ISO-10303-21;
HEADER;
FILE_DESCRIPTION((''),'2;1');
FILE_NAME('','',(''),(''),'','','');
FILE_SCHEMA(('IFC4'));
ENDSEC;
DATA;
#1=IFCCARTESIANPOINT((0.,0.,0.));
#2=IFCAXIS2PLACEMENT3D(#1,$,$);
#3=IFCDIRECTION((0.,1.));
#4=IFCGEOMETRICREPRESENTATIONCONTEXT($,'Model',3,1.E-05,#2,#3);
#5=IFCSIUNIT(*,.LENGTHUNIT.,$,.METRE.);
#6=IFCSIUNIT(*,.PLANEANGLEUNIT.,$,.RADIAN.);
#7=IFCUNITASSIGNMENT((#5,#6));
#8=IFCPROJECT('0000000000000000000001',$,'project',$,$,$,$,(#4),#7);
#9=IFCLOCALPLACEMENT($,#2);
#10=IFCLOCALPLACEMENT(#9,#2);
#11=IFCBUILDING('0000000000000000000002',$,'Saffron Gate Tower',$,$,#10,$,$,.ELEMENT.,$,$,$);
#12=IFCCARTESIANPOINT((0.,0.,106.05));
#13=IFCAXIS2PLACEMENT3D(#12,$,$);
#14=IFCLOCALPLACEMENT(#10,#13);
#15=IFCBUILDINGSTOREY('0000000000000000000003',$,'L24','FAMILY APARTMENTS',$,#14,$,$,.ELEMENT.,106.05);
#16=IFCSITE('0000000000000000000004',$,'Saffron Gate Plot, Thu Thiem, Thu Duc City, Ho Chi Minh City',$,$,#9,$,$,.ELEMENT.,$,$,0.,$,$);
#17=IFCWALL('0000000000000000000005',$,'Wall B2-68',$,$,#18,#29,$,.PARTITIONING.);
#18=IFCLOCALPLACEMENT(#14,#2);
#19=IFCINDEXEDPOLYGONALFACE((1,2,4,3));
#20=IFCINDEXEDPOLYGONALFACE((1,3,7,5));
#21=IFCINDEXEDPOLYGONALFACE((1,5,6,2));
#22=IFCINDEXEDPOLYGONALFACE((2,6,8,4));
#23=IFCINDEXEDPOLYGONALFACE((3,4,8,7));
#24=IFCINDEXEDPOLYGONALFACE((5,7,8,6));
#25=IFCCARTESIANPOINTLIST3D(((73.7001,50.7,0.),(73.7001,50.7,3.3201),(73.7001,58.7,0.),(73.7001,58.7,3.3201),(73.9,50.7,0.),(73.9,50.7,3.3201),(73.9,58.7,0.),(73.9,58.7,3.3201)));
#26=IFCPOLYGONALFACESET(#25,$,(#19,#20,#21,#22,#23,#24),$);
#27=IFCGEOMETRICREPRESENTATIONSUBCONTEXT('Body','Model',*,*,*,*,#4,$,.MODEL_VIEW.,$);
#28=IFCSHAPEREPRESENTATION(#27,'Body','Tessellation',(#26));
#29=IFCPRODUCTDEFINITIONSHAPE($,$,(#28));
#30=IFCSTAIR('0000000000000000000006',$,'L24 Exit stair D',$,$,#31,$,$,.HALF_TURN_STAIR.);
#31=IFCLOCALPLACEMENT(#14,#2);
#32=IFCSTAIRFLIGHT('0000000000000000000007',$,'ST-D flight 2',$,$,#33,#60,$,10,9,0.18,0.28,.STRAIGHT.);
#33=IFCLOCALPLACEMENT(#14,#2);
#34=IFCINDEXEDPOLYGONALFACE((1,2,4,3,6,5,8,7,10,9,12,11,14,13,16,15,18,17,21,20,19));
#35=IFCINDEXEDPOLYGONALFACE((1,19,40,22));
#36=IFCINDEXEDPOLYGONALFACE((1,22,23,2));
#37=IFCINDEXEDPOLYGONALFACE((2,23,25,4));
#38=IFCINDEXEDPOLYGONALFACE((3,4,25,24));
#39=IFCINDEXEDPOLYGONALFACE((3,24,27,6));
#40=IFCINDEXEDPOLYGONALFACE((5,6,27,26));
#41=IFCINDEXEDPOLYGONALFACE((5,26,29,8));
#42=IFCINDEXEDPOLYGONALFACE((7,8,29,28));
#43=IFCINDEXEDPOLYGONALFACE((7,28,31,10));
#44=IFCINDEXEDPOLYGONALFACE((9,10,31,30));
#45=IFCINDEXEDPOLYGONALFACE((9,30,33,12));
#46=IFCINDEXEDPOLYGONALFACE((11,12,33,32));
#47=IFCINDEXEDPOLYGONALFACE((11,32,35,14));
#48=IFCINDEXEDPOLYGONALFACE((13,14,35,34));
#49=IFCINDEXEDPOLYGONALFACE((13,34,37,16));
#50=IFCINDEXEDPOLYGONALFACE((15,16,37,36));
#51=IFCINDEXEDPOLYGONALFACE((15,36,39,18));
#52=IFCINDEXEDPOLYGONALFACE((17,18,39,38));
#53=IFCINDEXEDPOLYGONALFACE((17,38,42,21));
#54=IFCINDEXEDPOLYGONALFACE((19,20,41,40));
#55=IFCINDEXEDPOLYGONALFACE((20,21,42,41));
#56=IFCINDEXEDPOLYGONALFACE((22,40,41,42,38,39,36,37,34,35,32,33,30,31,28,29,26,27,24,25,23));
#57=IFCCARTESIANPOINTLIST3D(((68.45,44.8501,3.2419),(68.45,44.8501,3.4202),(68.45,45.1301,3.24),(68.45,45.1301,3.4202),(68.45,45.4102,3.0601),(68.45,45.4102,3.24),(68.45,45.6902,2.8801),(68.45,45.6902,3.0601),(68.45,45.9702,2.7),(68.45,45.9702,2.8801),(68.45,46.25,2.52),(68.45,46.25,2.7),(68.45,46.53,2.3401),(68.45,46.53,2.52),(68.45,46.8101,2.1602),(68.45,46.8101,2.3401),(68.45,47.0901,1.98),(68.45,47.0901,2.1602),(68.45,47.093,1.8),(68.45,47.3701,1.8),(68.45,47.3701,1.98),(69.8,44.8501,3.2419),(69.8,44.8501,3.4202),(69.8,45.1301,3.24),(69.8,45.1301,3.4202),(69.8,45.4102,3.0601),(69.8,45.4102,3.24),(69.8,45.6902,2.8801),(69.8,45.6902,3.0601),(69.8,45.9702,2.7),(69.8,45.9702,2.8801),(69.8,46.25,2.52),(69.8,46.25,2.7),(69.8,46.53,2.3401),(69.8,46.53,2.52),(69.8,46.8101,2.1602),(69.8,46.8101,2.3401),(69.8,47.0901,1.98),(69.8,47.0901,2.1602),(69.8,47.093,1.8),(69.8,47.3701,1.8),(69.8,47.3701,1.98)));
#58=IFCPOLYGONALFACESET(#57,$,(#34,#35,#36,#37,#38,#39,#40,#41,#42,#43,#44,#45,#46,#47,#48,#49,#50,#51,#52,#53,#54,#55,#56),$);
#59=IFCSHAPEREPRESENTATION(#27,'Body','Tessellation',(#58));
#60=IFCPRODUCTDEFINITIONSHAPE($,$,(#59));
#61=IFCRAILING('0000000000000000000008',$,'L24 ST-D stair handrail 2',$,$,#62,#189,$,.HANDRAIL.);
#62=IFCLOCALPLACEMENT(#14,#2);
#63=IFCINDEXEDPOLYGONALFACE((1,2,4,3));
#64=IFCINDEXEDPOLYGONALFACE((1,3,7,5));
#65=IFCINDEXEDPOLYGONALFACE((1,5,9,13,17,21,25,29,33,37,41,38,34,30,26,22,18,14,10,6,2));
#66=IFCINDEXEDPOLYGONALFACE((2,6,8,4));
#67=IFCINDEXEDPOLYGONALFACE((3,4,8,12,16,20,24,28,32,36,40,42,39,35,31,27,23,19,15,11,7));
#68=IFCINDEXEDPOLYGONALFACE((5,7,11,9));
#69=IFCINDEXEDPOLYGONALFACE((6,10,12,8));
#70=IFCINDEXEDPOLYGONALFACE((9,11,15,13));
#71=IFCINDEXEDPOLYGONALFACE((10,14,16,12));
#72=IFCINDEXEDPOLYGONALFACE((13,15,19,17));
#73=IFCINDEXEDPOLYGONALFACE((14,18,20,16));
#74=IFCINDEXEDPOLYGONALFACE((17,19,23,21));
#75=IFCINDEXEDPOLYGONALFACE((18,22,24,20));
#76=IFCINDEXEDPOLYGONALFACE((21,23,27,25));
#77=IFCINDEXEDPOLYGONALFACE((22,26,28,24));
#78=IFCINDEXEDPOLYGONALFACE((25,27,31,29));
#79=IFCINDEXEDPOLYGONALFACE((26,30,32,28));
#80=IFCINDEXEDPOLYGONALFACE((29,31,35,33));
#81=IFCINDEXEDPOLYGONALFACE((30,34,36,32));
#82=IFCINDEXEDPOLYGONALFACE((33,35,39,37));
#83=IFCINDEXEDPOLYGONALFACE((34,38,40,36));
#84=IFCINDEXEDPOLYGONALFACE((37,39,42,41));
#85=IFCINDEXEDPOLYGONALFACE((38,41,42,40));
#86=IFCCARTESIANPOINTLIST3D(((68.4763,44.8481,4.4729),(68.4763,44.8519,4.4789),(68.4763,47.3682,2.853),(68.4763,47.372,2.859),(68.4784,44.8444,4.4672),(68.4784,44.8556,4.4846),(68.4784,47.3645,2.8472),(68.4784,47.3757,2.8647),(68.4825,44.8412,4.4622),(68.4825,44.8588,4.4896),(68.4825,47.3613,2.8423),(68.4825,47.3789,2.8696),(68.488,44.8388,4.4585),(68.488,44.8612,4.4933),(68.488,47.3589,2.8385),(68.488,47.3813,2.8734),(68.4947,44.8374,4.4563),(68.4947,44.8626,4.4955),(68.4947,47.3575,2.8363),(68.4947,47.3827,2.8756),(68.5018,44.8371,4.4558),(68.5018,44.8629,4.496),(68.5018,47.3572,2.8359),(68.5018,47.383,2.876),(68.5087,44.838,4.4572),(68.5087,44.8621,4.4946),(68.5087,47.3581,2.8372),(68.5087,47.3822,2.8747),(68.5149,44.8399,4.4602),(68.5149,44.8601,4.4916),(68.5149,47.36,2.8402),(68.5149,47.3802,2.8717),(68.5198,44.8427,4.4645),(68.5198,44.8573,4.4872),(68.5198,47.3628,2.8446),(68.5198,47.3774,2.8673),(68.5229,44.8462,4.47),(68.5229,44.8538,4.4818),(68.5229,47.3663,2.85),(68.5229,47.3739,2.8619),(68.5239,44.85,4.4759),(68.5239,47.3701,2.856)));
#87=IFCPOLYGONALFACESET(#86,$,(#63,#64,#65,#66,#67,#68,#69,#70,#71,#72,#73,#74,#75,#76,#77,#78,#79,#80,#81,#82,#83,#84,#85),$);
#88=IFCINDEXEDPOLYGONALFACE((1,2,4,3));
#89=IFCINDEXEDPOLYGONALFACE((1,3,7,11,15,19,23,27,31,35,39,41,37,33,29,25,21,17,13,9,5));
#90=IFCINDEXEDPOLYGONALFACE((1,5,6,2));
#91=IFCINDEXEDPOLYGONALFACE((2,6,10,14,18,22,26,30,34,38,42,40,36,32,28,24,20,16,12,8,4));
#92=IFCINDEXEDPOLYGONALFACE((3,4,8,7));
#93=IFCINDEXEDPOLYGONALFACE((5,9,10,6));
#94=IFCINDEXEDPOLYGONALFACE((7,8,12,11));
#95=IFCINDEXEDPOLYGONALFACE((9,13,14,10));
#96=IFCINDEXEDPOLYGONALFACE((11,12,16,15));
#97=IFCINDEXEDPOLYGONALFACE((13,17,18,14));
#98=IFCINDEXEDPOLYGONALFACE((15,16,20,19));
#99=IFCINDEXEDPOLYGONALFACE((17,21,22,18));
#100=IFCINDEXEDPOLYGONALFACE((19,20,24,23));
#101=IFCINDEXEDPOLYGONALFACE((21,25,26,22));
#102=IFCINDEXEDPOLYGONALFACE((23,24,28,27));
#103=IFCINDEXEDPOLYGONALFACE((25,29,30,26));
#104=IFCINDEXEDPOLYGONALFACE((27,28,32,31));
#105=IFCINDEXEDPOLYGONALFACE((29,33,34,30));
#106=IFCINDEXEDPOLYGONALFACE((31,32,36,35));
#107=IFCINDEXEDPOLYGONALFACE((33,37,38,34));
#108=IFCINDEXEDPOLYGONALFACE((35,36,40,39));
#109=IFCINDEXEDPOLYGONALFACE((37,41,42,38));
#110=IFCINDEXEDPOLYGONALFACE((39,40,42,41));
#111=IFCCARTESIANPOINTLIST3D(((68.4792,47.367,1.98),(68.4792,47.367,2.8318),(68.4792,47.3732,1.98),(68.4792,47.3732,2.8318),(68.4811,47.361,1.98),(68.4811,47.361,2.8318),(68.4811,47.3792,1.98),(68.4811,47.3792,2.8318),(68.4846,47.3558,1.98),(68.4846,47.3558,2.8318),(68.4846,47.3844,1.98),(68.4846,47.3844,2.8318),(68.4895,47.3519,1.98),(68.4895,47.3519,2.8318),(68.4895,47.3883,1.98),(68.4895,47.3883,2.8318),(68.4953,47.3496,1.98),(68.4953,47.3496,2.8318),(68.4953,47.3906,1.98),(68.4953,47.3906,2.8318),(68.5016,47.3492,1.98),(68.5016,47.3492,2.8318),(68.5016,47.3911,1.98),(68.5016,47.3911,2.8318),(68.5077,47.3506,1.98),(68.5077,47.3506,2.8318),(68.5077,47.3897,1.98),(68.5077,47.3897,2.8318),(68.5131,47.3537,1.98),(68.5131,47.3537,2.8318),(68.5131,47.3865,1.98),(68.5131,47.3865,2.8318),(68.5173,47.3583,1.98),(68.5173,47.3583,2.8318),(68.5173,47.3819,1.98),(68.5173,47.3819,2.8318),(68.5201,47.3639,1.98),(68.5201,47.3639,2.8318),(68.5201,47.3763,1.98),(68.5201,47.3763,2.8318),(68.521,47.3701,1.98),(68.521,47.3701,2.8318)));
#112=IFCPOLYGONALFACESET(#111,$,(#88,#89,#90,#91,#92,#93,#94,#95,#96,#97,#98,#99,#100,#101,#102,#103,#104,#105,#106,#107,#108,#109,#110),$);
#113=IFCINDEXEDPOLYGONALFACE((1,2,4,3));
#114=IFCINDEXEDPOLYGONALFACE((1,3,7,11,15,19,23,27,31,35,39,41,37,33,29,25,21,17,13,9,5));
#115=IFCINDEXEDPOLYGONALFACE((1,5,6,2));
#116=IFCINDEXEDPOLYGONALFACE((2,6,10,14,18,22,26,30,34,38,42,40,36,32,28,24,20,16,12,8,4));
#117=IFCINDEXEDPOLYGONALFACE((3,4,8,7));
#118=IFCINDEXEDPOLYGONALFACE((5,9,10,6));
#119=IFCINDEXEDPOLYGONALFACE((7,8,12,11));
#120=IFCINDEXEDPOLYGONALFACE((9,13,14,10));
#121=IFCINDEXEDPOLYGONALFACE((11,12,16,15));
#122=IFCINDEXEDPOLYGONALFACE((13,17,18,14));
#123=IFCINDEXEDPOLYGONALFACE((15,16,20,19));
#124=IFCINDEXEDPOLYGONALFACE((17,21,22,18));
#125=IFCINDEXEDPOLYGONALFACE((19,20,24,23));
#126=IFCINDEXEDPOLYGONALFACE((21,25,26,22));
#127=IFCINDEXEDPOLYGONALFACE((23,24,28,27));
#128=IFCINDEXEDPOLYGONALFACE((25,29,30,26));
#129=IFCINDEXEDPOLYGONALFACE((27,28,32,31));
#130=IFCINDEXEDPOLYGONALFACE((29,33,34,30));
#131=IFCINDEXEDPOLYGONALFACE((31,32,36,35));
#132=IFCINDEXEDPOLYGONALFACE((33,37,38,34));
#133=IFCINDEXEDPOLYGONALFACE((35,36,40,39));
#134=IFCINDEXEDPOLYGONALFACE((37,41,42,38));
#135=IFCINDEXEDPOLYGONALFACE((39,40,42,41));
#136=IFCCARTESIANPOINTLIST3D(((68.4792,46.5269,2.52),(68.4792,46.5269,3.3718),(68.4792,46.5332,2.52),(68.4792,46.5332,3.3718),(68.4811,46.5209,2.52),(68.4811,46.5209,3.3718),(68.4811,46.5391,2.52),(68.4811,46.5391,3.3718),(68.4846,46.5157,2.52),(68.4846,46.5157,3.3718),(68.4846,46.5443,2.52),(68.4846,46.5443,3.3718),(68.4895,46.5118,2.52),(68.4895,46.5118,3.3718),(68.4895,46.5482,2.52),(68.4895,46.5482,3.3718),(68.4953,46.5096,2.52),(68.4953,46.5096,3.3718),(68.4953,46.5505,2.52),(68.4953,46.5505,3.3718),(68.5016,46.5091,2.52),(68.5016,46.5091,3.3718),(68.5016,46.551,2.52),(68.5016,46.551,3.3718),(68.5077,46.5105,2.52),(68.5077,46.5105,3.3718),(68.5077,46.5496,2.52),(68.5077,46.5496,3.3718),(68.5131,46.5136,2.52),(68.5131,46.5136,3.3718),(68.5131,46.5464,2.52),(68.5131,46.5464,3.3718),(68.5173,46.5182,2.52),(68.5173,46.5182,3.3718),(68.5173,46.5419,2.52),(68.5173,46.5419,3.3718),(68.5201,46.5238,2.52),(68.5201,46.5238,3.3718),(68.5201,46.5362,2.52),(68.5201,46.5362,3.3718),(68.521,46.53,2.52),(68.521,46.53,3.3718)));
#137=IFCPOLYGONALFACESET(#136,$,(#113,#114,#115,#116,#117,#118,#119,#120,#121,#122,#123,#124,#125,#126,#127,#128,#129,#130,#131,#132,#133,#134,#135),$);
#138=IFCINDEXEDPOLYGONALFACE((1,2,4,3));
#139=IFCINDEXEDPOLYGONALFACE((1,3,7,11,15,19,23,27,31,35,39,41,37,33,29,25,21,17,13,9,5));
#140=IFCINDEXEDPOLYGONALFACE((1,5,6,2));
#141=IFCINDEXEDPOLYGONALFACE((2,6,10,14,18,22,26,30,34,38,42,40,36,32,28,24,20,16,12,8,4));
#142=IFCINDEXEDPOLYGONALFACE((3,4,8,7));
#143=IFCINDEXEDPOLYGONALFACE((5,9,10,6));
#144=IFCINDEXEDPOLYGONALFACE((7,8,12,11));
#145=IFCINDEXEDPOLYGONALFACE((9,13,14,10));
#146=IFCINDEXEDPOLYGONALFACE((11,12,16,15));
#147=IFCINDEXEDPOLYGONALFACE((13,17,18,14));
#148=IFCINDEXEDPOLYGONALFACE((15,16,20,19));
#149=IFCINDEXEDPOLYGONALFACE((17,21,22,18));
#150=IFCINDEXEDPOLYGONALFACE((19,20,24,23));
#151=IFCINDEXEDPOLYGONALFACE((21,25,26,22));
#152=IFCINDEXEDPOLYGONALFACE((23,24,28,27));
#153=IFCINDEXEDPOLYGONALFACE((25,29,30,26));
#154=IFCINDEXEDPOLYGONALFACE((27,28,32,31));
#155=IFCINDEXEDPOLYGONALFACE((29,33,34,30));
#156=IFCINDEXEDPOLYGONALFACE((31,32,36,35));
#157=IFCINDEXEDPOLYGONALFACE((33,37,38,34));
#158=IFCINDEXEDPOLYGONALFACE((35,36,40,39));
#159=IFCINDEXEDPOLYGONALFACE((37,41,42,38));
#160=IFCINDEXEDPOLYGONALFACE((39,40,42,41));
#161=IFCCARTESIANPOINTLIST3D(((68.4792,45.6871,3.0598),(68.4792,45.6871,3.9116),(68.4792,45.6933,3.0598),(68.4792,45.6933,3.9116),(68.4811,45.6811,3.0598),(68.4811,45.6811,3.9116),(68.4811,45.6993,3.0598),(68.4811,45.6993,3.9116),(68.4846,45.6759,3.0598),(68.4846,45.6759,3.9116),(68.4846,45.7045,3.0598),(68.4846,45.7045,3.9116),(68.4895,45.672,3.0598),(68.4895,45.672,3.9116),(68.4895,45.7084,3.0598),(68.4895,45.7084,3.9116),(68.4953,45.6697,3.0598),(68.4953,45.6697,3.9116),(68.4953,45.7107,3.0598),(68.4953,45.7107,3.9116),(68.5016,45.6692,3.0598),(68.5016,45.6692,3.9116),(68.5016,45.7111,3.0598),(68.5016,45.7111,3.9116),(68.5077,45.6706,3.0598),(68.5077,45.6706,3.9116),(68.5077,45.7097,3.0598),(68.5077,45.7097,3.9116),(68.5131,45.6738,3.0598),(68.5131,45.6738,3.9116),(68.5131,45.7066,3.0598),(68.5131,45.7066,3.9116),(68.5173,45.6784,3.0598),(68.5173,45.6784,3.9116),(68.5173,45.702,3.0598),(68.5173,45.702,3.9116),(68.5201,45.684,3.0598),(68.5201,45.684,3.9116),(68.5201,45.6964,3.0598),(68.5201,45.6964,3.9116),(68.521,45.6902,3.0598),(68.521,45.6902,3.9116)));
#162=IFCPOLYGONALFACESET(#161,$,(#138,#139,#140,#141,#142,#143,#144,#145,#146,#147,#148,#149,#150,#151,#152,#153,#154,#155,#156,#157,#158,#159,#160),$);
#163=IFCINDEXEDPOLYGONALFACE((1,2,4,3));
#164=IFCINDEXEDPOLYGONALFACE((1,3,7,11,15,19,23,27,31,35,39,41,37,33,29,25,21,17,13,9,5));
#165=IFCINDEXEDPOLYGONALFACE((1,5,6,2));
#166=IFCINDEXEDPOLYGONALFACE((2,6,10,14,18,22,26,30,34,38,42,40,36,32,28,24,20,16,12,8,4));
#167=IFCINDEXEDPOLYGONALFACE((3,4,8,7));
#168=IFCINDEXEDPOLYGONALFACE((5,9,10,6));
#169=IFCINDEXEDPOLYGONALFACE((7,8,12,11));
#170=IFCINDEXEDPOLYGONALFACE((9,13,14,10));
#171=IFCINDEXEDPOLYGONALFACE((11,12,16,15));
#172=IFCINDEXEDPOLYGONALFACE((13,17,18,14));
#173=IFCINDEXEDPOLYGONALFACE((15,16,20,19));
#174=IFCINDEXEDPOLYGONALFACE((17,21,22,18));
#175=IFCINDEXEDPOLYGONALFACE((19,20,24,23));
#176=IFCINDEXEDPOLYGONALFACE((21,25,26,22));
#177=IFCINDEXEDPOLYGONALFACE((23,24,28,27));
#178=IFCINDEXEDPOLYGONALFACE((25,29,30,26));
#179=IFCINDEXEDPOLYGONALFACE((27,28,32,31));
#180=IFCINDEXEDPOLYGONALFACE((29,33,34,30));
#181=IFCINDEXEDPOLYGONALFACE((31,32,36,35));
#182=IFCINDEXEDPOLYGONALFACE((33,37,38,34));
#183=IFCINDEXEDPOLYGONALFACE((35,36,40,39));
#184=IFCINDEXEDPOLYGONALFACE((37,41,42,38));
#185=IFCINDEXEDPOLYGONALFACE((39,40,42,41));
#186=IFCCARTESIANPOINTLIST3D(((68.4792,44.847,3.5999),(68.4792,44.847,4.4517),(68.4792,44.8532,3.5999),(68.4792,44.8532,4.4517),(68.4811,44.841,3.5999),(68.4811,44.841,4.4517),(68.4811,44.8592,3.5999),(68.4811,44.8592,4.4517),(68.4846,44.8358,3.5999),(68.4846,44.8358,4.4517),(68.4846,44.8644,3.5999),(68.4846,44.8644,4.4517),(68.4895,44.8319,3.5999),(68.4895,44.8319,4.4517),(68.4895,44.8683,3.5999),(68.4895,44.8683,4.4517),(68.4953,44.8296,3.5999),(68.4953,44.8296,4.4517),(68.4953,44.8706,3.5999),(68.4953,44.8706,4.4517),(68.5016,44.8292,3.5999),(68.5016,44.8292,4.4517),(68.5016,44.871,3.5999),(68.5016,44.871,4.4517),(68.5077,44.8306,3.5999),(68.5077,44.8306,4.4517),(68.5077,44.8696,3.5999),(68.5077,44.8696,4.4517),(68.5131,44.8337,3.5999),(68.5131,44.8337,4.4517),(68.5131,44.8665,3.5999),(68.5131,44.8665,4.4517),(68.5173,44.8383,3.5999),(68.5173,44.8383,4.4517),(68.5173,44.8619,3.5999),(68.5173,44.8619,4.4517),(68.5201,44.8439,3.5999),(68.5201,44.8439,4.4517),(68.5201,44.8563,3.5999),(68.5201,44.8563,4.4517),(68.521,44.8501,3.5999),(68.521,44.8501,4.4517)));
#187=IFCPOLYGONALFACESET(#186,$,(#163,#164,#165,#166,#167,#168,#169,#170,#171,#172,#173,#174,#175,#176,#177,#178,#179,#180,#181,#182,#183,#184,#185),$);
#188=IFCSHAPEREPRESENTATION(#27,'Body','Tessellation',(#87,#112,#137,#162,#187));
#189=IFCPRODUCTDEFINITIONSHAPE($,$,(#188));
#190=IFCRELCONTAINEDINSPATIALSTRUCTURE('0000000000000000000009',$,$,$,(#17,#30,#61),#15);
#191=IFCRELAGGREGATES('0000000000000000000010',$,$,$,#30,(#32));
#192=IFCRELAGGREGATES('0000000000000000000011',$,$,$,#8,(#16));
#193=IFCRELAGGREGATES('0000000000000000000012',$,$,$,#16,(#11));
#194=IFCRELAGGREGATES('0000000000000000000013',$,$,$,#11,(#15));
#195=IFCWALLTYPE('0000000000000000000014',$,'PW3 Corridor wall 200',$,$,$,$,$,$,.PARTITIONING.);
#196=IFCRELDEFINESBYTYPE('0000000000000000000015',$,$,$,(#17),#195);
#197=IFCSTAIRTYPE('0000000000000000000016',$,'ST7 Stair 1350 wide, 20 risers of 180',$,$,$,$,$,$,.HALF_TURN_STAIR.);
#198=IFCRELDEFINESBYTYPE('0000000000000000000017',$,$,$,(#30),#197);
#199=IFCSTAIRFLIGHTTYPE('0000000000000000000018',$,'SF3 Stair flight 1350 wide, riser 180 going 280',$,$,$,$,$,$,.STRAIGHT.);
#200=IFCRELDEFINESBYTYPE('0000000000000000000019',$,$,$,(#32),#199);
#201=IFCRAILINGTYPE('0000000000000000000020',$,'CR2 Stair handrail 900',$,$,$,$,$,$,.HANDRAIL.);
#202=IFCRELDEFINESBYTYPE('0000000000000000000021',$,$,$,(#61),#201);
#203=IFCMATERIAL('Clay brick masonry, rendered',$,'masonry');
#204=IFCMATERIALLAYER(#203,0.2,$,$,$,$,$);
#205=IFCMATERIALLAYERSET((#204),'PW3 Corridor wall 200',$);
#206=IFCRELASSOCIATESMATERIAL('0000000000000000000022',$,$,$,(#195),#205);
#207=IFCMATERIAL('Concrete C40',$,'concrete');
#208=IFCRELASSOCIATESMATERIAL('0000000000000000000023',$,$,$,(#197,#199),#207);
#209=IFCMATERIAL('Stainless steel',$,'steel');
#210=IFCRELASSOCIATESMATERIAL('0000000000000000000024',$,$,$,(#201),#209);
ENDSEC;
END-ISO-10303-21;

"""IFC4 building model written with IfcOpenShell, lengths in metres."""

from ifc_helpers import new_model, si_unit, direction, frame, frame_2d, origin, origin_2d, place, context, subcontext, project, spatial, polyline, rectangle, circle, outline, extrude, material, layer, layer_set, type_object, element, aggregate, save


model = new_model("IFC4")

# Units and contexts
model_context = context("Model", 3, precision=1e-05, world=origin(), true_north=direction((0.0, 1.0)))
body_context = subcontext(model_context, "Body", "Model", "MODEL_VIEW")
ifc_project = project(units=[si_unit("LENGTHUNIT", "METRE"), si_unit("PLANEANGLEUNIT", "RADIAN")], contexts=[model_context])

# Site, building, storey
site_placement = place(None, origin())
site = spatial("IfcSite", under=ifc_project, at=site_placement, Name="Saffron Gate Plot, Thu Thiem, Thu Duc City, Ho Chi Minh City", CompositionType="ELEMENT", RefElevation=0.0)
building_placement = place(site_placement, origin())
building = spatial("IfcBuilding", under=site, at=building_placement, Name="Saffron Gate Tower", CompositionType="ELEMENT")
storey_placement = place(building_placement, frame((0.0, 0.0, 106.05)))
storey = spatial("IfcBuildingStorey", under=building, at=storey_placement, Name="L24", Description="FAMILY APARTMENTS", CompositionType="ELEMENT", Elevation=106.05)

# Wall
ifc_material_1 = material(Name="Clay brick masonry, rendered", Category="masonry")
ifc_layer_1 = layer(ifc_material_1, 0.2)
ifc_layer_set_1 = layer_set([ifc_layer_1], Name="PW3 Corridor wall 200")
wall_type_1 = type_object("IfcWallType", Name="PW3 Corridor wall 200", PredefinedType="PARTITIONING", material=ifc_layer_set_1)
wall_1_placement = place(storey_placement, frame((73.8, 58.7, 0.0), z_axis=(0.0, 0.0, 1.0), x_axis=(0.0, -1.0, 0.0)))
element("IfcWall", 1, at=wall_1_placement, inside=storey, type_object=wall_type_1, Name="Wall B2-68", PredefinedType="PARTITIONING", context=body_context, shape_type="SweptSolid", body=[
    extrude(rectangle(XDim=8.0, YDim=0.2, at=frame_2d((4.0, 0.0))), origin(), (0.0, 0.0, 1.0), 3.3201),
])

# Stair, stair flight
ifc_material_2 = material(Name="Concrete C40", Category="concrete")
stair_type = type_object("IfcStairType", Name="ST7 Stair 1350 wide, 20 risers of 180", PredefinedType="HALF_TURN_STAIR", material=ifc_material_2)
stair_placement = place(storey_placement, origin())
stair = element("IfcStair", 2, at=stair_placement, inside=storey, type_object=stair_type, Name="L24 Exit stair D", PredefinedType="HALF_TURN_STAIR")
stair_flight_type = type_object("IfcStairFlightType", Name="SF3 Stair flight 1350 wide, riser 180 going 280", PredefinedType="STRAIGHT", material=ifc_material_2)
stair_flight_placement = place(storey_placement, frame((69.125, 47.3701, 1.8), z_axis=(0.0, 0.0, 1.0), x_axis=(0.0, -1.0, 0.0)))
stair_flight = element("IfcStairFlight", 3, at=stair_flight_placement, type_object=stair_flight_type, Name="ST-D flight 2", NumberOfRisers=10, NumberOfTreads=9, PredefinedType="STRAIGHT", RiserHeight=0.18, TreadLength=0.28, context=body_context, shape_type="SweptSolid", body=[
    extrude(outline(polyline([(0.0, 0.0), (0.0, 0.1799), (0.28, 0.1799), (0.28, 0.3601), (0.5601, 0.3601), (0.5601, 0.54), (0.8401, 0.54), (0.8401, 0.72), (1.1201, 0.72), (1.1201, 0.8999), (1.3999, 0.8999), (1.3999, 1.0801), (1.6799, 1.0801), (1.6799, 1.26), (1.96, 1.26), (1.96, 1.4399), (2.24, 1.4399), (2.24, 1.6201), (2.52, 1.6201), (2.52, 1.8), (2.52, 1.4419), (0.2771, 0.0), (0.0, 0.0)])), frame((0.0, 0.675, 0.0), z_axis=(0.0, -1.0, 0.0), x_axis=(1.0, 0.0, 0.0)), (0.0, 0.0, 1.0), 1.3501),
])
aggregate(stair, [stair_flight])

# Railing
ifc_material_3 = material(Name="Stainless steel", Category="steel")
railing_type = type_object("IfcRailingType", Name="CR2 Stair handrail 900", PredefinedType="HANDRAIL", material=ifc_material_3)
railing_placement = place(storey_placement, frame((68.5, 47.3701, 1.98)))
element("IfcRailing", 4, at=railing_placement, inside=storey, type_object=railing_type, Name="L24 ST-D stair handrail 2", PredefinedType="HANDRAIL", context=body_context, shape_type="SweptSolid", body=[
    extrude(circle(Radius=0.0239, at=origin_2d()), frame((0.0, 0.0, 0.876), z_axis=(0.0, -0.8412, 0.540725), x_axis=(1.0, 0.0, 0.0)), (0.0, 0.0, 1.0), 2.9958),
    extrude(circle(Radius=0.021, at=origin_2d()), origin(), (0.0, 0.0, 1.0), 0.8518),
    extrude(circle(Radius=0.021, at=origin_2d()), frame((0.0, -0.8401, 0.54)), (0.0, 0.0, 1.0), 0.8518),
    extrude(circle(Radius=0.021, at=origin_2d()), frame((0.0, -1.6799, 1.0798)), (0.0, 0.0, 1.0), 0.8518),
    extrude(circle(Radius=0.021, at=origin_2d()), frame((0.0, -2.52, 1.6199)), (0.0, 0.0, 1.0), 0.8518),
])

save(model, "model.ifc")
